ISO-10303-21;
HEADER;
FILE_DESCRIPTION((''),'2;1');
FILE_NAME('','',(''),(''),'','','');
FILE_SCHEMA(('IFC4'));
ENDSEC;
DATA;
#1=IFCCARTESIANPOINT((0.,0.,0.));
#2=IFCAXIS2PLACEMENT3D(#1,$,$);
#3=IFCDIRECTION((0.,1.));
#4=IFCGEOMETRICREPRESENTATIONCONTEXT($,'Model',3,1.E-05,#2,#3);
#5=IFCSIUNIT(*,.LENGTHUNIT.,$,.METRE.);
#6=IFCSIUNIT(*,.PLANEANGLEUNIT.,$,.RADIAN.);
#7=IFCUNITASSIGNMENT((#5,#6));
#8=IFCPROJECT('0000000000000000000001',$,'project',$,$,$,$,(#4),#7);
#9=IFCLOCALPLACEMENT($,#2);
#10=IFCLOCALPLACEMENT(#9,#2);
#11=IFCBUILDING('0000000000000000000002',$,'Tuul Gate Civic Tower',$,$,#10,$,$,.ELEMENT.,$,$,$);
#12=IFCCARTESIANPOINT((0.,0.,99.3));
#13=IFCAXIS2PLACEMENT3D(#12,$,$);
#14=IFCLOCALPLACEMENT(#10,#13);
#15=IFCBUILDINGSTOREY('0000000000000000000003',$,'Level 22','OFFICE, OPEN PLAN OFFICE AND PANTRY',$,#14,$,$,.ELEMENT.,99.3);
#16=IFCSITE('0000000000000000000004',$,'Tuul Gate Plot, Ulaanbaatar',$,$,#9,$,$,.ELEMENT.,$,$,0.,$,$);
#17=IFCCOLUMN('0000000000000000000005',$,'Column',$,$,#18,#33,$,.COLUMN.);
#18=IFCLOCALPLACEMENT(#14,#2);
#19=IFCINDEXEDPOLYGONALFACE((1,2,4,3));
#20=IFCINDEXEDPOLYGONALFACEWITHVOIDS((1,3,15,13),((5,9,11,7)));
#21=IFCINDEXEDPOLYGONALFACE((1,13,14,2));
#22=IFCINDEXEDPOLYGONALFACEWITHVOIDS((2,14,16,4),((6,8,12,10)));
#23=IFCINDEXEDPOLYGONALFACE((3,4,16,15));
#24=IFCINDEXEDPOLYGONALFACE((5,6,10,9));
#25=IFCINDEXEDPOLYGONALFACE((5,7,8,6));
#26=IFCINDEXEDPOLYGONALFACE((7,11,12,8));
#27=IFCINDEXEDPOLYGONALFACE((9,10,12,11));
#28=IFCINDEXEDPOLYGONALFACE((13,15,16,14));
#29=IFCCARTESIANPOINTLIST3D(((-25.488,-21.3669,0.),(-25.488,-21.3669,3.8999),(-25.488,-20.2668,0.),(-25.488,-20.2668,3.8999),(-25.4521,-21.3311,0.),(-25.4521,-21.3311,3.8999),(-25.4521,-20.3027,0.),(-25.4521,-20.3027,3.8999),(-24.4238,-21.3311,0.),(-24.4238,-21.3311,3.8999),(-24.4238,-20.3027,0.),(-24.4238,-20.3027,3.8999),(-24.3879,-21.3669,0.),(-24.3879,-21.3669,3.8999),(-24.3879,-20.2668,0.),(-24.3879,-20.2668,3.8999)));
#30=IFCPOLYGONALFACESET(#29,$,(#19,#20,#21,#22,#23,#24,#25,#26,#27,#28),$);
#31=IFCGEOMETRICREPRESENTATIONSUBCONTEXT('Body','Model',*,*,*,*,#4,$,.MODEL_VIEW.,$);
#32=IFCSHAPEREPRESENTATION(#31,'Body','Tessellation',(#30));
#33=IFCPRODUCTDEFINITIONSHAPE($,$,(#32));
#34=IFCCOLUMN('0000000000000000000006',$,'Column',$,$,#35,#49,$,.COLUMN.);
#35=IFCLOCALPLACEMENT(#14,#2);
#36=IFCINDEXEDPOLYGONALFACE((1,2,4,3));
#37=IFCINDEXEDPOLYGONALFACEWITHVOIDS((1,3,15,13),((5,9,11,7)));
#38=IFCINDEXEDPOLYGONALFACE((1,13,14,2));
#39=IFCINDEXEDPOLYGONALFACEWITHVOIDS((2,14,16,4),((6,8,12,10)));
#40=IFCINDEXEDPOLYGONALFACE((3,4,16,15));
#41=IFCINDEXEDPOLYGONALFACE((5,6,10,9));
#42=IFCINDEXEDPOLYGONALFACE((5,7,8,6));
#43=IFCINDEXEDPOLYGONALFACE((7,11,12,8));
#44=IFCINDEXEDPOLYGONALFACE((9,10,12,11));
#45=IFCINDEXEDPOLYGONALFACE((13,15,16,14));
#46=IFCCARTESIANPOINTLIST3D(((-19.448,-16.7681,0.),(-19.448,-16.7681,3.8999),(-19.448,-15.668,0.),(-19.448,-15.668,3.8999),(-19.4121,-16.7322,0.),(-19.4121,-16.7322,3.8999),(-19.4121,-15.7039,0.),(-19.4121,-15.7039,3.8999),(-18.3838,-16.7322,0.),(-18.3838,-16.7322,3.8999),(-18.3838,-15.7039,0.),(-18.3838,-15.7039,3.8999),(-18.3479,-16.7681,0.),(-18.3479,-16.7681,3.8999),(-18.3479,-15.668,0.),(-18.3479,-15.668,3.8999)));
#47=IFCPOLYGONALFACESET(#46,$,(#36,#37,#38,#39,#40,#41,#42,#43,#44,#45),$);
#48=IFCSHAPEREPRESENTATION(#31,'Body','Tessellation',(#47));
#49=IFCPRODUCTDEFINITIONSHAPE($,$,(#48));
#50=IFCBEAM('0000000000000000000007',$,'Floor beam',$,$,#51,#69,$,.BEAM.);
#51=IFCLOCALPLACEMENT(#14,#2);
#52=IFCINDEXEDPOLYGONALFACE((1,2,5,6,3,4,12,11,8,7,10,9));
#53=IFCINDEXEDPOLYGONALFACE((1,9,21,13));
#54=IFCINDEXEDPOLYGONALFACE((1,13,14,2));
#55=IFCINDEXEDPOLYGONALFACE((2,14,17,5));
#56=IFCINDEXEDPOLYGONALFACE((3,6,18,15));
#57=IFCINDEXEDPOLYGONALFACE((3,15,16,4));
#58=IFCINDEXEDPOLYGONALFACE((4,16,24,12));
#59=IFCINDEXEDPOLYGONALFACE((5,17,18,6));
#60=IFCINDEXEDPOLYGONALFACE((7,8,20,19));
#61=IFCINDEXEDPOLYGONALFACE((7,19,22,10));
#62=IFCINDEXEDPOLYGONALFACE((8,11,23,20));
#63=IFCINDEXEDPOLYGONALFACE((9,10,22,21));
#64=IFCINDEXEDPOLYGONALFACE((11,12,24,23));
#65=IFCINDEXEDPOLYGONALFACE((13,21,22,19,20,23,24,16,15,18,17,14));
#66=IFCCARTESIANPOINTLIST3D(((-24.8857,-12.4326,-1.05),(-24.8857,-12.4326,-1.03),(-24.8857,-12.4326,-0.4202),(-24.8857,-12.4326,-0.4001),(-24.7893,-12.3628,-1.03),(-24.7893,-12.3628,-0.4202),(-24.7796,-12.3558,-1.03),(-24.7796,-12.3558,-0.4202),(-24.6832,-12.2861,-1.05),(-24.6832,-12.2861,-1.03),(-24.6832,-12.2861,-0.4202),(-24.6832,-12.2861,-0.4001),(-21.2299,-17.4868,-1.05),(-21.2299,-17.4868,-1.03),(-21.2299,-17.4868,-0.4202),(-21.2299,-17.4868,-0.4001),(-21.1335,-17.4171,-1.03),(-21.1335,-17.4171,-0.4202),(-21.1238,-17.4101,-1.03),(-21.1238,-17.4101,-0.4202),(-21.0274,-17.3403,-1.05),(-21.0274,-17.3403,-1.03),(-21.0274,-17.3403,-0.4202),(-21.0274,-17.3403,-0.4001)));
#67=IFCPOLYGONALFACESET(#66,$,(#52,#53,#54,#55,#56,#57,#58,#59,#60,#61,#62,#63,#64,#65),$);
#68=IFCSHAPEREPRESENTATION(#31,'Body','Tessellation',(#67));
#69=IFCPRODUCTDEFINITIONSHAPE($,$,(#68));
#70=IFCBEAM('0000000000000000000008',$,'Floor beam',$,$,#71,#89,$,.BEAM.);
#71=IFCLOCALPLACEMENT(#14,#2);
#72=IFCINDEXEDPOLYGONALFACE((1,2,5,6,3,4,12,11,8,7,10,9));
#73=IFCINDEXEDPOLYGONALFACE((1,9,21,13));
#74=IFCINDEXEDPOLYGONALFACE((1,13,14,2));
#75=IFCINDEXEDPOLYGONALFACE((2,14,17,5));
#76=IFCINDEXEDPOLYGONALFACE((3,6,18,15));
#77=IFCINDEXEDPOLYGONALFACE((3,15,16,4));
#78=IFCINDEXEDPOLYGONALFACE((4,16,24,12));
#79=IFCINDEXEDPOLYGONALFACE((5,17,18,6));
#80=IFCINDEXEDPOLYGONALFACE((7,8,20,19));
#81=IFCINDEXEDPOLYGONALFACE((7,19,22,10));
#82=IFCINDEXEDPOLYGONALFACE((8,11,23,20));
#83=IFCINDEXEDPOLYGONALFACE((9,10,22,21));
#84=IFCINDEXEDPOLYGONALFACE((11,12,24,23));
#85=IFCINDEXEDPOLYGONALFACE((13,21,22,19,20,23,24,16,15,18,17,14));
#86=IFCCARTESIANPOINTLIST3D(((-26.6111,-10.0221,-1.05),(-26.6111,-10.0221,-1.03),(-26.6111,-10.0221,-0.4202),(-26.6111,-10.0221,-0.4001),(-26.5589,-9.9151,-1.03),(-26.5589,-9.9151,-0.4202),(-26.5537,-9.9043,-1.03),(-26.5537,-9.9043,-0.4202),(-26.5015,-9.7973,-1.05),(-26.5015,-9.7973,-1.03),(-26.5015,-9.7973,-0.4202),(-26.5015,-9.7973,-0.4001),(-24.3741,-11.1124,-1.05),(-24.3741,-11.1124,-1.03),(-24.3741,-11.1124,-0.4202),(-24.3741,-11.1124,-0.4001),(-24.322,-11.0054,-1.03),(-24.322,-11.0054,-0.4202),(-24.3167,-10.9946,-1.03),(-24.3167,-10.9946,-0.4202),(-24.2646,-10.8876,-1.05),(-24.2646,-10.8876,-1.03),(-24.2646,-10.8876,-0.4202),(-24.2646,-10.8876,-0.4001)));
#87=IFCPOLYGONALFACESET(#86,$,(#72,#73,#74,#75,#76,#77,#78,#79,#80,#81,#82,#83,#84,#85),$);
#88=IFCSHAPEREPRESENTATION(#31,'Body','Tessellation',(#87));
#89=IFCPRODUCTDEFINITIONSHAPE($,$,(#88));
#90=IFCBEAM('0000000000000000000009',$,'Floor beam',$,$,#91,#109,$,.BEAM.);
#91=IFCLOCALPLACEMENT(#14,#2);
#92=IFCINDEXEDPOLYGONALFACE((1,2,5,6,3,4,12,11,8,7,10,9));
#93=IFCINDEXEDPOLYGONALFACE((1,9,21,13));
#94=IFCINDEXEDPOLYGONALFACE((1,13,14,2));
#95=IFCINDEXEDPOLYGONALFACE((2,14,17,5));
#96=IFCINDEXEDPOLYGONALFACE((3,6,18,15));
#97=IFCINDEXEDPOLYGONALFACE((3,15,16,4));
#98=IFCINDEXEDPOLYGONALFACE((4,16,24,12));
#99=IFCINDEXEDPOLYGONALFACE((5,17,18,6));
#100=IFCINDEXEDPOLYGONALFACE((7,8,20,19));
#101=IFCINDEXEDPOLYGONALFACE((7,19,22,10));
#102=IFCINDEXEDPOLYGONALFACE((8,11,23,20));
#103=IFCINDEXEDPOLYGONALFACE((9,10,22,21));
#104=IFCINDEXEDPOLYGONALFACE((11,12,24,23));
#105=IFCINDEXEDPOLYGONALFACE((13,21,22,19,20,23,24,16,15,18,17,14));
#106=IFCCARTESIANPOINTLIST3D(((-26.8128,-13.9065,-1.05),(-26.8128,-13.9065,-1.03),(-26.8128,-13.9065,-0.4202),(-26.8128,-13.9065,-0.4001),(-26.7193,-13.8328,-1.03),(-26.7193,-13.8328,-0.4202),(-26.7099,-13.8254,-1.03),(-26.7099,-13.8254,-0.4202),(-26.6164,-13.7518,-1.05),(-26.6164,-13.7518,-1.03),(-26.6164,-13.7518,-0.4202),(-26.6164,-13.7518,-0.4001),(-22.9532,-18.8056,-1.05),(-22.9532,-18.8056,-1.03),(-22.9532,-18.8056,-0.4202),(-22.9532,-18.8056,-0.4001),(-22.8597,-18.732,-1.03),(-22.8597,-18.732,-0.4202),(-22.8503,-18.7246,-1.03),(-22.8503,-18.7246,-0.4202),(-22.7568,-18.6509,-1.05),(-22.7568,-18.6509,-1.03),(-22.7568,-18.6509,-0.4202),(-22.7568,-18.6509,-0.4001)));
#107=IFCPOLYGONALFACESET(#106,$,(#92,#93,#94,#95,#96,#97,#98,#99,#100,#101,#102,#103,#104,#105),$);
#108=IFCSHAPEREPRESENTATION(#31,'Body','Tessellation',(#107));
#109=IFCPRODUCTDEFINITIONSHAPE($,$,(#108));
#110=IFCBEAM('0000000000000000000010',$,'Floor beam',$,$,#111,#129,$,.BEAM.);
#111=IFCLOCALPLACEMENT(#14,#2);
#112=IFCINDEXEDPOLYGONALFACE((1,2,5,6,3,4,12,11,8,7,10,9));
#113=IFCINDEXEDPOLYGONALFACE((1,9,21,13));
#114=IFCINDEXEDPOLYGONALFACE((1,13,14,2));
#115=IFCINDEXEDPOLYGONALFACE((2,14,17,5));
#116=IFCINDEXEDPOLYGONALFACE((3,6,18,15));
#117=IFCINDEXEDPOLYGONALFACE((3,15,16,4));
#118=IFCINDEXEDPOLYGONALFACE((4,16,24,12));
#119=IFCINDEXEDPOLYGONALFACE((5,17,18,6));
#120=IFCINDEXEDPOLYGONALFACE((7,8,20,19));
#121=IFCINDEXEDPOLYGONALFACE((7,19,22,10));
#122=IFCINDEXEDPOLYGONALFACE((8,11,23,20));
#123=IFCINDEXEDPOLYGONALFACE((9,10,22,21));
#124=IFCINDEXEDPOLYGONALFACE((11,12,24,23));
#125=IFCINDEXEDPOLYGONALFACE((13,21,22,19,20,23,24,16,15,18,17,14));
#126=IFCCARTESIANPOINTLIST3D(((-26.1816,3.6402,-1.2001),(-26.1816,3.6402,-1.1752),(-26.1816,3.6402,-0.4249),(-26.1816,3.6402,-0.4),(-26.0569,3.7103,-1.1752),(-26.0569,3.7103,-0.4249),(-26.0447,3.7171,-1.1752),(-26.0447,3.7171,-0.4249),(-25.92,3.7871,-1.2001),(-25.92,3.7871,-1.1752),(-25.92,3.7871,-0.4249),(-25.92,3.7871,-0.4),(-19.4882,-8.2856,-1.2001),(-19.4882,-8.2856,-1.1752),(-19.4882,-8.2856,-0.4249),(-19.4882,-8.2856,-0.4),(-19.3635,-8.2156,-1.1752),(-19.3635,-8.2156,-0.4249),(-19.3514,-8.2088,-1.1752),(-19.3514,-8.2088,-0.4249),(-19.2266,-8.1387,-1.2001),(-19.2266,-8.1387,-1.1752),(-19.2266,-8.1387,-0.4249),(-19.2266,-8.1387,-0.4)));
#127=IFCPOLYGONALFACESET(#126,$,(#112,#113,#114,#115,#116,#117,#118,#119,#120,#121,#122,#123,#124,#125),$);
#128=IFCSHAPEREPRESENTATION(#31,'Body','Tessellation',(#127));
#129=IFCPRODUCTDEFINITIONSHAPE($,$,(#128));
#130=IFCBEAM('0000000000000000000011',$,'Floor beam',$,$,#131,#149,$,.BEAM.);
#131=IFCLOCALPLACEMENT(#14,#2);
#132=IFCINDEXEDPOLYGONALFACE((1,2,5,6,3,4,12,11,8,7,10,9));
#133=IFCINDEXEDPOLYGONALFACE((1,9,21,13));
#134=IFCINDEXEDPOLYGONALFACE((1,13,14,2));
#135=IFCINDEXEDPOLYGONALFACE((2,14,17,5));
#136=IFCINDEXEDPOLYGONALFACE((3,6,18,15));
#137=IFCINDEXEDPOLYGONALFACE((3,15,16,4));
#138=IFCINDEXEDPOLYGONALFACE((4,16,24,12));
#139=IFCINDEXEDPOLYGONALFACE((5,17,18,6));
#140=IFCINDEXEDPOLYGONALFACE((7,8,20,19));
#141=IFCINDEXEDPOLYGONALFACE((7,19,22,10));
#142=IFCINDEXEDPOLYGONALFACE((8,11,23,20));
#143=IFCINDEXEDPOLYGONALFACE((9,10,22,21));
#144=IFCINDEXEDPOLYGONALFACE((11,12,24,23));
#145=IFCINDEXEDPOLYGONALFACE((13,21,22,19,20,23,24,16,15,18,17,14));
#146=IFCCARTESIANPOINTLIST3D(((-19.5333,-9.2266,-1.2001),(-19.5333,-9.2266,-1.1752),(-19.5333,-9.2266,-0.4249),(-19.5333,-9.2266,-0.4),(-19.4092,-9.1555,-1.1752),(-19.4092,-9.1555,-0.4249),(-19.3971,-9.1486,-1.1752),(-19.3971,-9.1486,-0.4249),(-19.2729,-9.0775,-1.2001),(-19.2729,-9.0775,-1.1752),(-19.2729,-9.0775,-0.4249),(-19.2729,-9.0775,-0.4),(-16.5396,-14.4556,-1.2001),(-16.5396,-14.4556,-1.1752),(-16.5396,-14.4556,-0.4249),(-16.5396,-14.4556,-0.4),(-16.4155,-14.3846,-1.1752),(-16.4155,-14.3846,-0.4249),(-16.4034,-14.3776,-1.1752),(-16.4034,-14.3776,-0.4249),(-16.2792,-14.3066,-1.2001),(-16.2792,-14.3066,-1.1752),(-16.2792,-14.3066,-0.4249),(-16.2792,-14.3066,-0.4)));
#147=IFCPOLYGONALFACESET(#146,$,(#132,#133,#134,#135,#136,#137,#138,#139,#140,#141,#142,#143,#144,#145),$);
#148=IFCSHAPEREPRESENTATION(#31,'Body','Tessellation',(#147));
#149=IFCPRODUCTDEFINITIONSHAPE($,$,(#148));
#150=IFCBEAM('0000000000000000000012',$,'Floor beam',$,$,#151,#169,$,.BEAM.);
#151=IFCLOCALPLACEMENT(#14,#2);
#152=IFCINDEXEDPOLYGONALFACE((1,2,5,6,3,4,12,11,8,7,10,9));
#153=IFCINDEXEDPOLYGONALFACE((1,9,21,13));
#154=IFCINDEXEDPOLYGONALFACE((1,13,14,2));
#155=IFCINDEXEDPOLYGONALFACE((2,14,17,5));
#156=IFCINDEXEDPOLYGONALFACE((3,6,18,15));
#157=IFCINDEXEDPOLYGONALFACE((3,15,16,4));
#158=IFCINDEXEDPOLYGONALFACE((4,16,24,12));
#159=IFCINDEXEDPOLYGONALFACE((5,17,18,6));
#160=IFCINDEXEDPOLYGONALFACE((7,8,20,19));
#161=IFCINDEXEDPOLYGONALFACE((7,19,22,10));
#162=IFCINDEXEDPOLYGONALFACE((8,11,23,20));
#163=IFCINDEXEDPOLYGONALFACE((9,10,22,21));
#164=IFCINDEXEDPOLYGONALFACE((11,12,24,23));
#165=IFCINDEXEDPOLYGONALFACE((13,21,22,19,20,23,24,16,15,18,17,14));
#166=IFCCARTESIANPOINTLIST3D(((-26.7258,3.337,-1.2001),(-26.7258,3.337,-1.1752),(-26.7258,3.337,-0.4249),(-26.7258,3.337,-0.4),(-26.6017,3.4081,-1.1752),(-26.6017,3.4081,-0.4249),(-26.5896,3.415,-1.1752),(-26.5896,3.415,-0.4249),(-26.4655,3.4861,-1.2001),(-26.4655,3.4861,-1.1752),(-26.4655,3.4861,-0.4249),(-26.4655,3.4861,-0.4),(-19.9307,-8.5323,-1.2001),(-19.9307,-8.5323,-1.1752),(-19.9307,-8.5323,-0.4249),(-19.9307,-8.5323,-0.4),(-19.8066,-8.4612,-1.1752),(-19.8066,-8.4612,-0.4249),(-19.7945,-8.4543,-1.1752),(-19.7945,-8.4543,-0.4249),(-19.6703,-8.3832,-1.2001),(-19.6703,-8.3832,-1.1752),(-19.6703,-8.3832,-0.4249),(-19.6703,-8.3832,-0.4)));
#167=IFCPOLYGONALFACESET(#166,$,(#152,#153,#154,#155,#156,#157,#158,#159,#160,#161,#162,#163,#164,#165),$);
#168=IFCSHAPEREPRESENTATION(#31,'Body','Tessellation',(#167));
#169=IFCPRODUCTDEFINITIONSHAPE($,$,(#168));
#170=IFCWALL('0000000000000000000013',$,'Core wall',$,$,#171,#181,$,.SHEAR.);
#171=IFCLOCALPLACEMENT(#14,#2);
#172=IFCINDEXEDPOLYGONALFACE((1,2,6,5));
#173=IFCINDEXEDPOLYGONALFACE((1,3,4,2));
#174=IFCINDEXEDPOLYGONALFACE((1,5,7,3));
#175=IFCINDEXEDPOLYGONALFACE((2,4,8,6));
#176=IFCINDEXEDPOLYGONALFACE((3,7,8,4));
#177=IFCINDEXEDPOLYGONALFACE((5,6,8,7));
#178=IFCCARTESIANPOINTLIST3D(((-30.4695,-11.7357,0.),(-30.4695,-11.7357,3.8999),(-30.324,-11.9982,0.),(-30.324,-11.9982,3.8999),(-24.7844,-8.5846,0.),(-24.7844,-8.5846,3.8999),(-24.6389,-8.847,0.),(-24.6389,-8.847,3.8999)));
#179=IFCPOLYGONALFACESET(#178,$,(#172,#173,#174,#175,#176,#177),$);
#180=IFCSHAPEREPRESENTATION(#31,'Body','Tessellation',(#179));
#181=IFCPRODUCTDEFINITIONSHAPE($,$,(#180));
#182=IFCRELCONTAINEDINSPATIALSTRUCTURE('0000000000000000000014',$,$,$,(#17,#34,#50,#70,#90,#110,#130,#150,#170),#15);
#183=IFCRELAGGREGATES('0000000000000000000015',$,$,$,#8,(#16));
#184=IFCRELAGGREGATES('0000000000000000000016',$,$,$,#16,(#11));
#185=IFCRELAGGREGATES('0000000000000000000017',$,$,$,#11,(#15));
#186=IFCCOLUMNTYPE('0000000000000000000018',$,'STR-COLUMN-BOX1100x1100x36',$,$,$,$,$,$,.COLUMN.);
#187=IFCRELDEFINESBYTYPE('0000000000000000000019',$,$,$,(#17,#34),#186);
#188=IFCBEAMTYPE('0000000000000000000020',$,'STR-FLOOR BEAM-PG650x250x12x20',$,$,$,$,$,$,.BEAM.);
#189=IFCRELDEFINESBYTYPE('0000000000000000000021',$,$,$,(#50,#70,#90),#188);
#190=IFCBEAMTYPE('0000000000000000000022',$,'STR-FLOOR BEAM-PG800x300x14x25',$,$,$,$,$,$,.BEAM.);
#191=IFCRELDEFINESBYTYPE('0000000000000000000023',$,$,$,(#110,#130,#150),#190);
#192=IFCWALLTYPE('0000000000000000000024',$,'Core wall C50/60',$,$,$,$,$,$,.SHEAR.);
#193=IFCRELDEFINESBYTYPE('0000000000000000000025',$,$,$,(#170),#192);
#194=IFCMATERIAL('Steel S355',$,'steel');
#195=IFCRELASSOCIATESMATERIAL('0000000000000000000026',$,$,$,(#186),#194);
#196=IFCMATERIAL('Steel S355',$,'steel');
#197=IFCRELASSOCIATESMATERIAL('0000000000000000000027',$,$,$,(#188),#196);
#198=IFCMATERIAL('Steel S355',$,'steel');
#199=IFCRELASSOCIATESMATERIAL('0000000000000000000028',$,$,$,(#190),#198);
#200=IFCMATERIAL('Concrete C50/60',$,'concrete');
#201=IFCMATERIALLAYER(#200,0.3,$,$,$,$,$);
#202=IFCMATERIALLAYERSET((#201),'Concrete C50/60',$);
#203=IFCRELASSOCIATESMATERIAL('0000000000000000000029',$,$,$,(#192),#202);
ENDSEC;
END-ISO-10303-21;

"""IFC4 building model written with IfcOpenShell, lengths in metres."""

from ifc_helpers import new_model, si_unit, direction, frame, frame_2d, origin, origin_2d, place, context, subcontext, project, spatial, rectangle, hollow_rectangle, i_section, extrude, material, layer, layer_set, material_profile, profile_set, type_object, element, save


model = new_model("IFC4")

# Units and contexts
model_context = context("Model", 3, precision=1e-05, world=origin(), true_north=direction((0.0, 1.0)))
body_context = subcontext(model_context, "Body", "Model", "MODEL_VIEW")
ifc_project = project(units=[si_unit("LENGTHUNIT", "METRE"), si_unit("PLANEANGLEUNIT", "RADIAN")], contexts=[model_context])

# Site, building, storey
site_placement = place(None, origin())
site = spatial("IfcSite", under=ifc_project, at=site_placement, Name="Tuul Gate Plot, Ulaanbaatar", CompositionType="ELEMENT", RefElevation=0.0)
building_placement = place(site_placement, origin())
building = spatial("IfcBuilding", under=site, at=building_placement, Name="Tuul Gate Civic Tower", CompositionType="ELEMENT")
storey_placement = place(building_placement, frame((0.0, 0.0, 99.3)))
storey = spatial("IfcBuildingStorey", under=building, at=storey_placement, Name="Level 22", Description="OFFICE, OPEN PLAN OFFICE AND PANTRY", CompositionType="ELEMENT", Elevation=99.3)

# Columns
ifc_material_1 = material(Name="Steel S355", Category="steel")
ifc_material_profile_1 = material_profile(ifc_material_1, hollow_rectangle(XDim=1.1001, YDim=1.1001, WallThickness=0.0359, at=origin_2d()), Name="BOX1100x1100x36")
ifc_profile_set_1 = profile_set([ifc_material_profile_1], Name="Steel S355")
column_type = type_object("IfcColumnType", Name="STR-COLUMN-BOX1100x1100x36", PredefinedType="COLUMN", material=ifc_profile_set_1)
for number, where, z_axis, x_axis, name in (
    (1, (-24.938, -20.8169, 0.0), (0.0, 0.0, 1.0), (1.0, 0.0, 0.0), "Column"),
    (2, (-18.8979, -16.218, 0.0), (0.0, 0.0, 1.0), (1.0, 0.0, 0.0), "Column"),
):
    element("IfcColumn", number, at=place(storey_placement, frame(where, z_axis=z_axis, x_axis=x_axis)), inside=storey, type_object=column_type, Name=name, PredefinedType="COLUMN", context=body_context, shape_type="SweptSolid", body=[
        extrude(hollow_rectangle(XDim=1.1001, YDim=1.1001, WallThickness=0.0359, at=origin_2d()), origin(), (0.0, 0.0, 1.0), 3.8999),
    ])

# Beams
ifc_material_2 = material(Name="Steel S355", Category="steel")
ifc_material_profile_2 = material_profile(ifc_material_2, i_section(OverallWidth=0.25, OverallDepth=0.6499, WebThickness=0.012, FlangeThickness=0.02, at=origin_2d()), Name="PG650x250x12x20")
ifc_profile_set_2 = profile_set([ifc_material_profile_2], Name="Steel S355")
beam_type_1 = type_object("IfcBeamType", Name="STR-FLOOR BEAM-PG650x250x12x20", PredefinedType="BEAM", material=ifc_profile_set_2)
beam_1_placement = place(storey_placement, frame((-21.1287, -17.4136, -0.7251), z_axis=(-0.586071, 0.81026, 0.0), x_axis=(-0.81026, -0.586071, 0.0)))
element("IfcBeam", 3, at=beam_1_placement, inside=storey, type_object=beam_type_1, Name="Floor beam", PredefinedType="BEAM", context=body_context, shape_type="SweptSolid", body=[
    extrude(i_section(OverallWidth=0.25, OverallDepth=0.6499, WebThickness=0.012, FlangeThickness=0.02, at=origin_2d()), origin(), (0.0, 0.0, 1.0), 6.2378),
])
beam_2_placement = place(storey_placement, frame((-24.3193, -11.0, -0.7251), z_axis=(-0.898914, 0.438126, 0.0), x_axis=(-0.438126, -0.898914, 0.0)))
element("IfcBeam", 4, at=beam_2_placement, inside=storey, type_object=beam_type_1, Name="Floor beam", PredefinedType="BEAM", context=body_context, shape_type="SweptSolid", body=[
    extrude(i_section(OverallWidth=0.25, OverallDepth=0.6499, WebThickness=0.012, FlangeThickness=0.02, at=origin_2d()), origin(), (0.0, 0.0, 1.0), 2.4885),
])
beam_3_placement = place(storey_placement, frame((-22.855, -18.7283, -0.7251), z_axis=(-0.618839, 0.785518, 0.0), x_axis=(-0.785518, -0.618839, 0.0)))
element("IfcBeam", 5, at=beam_3_placement, inside=storey, type_object=beam_type_1, Name="Floor beam", PredefinedType="BEAM", context=body_context, shape_type="SweptSolid", body=[
    extrude(i_section(OverallWidth=0.25, OverallDepth=0.6499, WebThickness=0.012, FlangeThickness=0.02, at=origin_2d()), origin(), (0.0, 0.0, 1.0), 6.2368),
])
ifc_material_3 = material(Name="Steel S355", Category="steel")
ifc_material_profile_3 = material_profile(ifc_material_3, i_section(OverallWidth=0.3, OverallDepth=0.8, WebThickness=0.0139, FlangeThickness=0.0249, at=origin_2d()), Name="PG800x300x14x25")
ifc_profile_set_3 = profile_set([ifc_material_profile_3], Name="Steel S355")
beam_type_2 = type_object("IfcBeamType", Name="STR-FLOOR BEAM-PG800x300x14x25", PredefinedType="BEAM", material=ifc_profile_set_3)
beam_4_placement = place(storey_placement, frame((-19.3574, -8.2122, -0.8), z_axis=(-0.489434, 0.87204, 0.0), x_axis=(-0.87204, -0.489434, 0.0)))
element("IfcBeam", 6, at=beam_4_placement, inside=storey, type_object=beam_type_2, Name="Floor beam", PredefinedType="BEAM", context=body_context, shape_type="SweptSolid", body=[
    extrude(i_section(OverallWidth=0.3, OverallDepth=0.8, WebThickness=0.0139, FlangeThickness=0.0249, at=origin_2d()), origin(), (0.0, 0.0, 1.0), 13.6758),
])
beam_5_placement = place(storey_placement, frame((-16.4094, -14.3811, -0.8), z_axis=(-0.496846, 0.867839, 0.0), x_axis=(-0.867839, -0.496846, 0.0)))
element("IfcBeam", 7, at=beam_5_placement, inside=storey, type_object=beam_type_2, Name="Floor beam", PredefinedType="BEAM", context=body_context, shape_type="SweptSolid", body=[
    extrude(i_section(OverallWidth=0.3, OverallDepth=0.8, WebThickness=0.0139, FlangeThickness=0.0249, at=origin_2d()), origin(), (0.0, 0.0, 1.0), 6.0254),
])
beam_6_placement = place(storey_placement, frame((-19.8005, -8.4578, -0.8), z_axis=(-0.496837, 0.867844, 0.0), x_axis=(-0.867844, -0.496837, 0.0)))
element("IfcBeam", 8, at=beam_6_placement, inside=storey, type_object=beam_type_2, Name="Floor beam", PredefinedType="BEAM", context=body_context, shape_type="SweptSolid", body=[
    extrude(i_section(OverallWidth=0.3, OverallDepth=0.8, WebThickness=0.0139, FlangeThickness=0.0249, at=origin_2d()), origin(), (0.0, 0.0, 1.0), 13.6768),
])

# Wall
ifc_material_4 = material(Name="Concrete C50/60", Category="concrete")
ifc_layer_1 = layer(ifc_material_4, 0.3)
ifc_layer_set_1 = layer_set([ifc_layer_1], Name="Concrete C50/60")
wall_type_1 = type_object("IfcWallType", Name="Core wall C50/60", PredefinedType="SHEAR", material=ifc_layer_set_1)
wall_1_placement = place(storey_placement, frame((-24.7117, -8.7158, 0.0), z_axis=(0.0, 0.0, 1.0), x_axis=(-0.87463, -0.484791, 0.0)))
element("IfcWall", 9, at=wall_1_placement, inside=storey, type_object=wall_type_1, Name="Core wall", PredefinedType="SHEAR", context=body_context, shape_type="SweptSolid", body=[
    extrude(rectangle(XDim=6.5, YDim=0.3, at=frame_2d((3.25, 0.0))), origin(), (0.0, 0.0, 1.0), 3.8999),
])

save(model, "model.ifc")
